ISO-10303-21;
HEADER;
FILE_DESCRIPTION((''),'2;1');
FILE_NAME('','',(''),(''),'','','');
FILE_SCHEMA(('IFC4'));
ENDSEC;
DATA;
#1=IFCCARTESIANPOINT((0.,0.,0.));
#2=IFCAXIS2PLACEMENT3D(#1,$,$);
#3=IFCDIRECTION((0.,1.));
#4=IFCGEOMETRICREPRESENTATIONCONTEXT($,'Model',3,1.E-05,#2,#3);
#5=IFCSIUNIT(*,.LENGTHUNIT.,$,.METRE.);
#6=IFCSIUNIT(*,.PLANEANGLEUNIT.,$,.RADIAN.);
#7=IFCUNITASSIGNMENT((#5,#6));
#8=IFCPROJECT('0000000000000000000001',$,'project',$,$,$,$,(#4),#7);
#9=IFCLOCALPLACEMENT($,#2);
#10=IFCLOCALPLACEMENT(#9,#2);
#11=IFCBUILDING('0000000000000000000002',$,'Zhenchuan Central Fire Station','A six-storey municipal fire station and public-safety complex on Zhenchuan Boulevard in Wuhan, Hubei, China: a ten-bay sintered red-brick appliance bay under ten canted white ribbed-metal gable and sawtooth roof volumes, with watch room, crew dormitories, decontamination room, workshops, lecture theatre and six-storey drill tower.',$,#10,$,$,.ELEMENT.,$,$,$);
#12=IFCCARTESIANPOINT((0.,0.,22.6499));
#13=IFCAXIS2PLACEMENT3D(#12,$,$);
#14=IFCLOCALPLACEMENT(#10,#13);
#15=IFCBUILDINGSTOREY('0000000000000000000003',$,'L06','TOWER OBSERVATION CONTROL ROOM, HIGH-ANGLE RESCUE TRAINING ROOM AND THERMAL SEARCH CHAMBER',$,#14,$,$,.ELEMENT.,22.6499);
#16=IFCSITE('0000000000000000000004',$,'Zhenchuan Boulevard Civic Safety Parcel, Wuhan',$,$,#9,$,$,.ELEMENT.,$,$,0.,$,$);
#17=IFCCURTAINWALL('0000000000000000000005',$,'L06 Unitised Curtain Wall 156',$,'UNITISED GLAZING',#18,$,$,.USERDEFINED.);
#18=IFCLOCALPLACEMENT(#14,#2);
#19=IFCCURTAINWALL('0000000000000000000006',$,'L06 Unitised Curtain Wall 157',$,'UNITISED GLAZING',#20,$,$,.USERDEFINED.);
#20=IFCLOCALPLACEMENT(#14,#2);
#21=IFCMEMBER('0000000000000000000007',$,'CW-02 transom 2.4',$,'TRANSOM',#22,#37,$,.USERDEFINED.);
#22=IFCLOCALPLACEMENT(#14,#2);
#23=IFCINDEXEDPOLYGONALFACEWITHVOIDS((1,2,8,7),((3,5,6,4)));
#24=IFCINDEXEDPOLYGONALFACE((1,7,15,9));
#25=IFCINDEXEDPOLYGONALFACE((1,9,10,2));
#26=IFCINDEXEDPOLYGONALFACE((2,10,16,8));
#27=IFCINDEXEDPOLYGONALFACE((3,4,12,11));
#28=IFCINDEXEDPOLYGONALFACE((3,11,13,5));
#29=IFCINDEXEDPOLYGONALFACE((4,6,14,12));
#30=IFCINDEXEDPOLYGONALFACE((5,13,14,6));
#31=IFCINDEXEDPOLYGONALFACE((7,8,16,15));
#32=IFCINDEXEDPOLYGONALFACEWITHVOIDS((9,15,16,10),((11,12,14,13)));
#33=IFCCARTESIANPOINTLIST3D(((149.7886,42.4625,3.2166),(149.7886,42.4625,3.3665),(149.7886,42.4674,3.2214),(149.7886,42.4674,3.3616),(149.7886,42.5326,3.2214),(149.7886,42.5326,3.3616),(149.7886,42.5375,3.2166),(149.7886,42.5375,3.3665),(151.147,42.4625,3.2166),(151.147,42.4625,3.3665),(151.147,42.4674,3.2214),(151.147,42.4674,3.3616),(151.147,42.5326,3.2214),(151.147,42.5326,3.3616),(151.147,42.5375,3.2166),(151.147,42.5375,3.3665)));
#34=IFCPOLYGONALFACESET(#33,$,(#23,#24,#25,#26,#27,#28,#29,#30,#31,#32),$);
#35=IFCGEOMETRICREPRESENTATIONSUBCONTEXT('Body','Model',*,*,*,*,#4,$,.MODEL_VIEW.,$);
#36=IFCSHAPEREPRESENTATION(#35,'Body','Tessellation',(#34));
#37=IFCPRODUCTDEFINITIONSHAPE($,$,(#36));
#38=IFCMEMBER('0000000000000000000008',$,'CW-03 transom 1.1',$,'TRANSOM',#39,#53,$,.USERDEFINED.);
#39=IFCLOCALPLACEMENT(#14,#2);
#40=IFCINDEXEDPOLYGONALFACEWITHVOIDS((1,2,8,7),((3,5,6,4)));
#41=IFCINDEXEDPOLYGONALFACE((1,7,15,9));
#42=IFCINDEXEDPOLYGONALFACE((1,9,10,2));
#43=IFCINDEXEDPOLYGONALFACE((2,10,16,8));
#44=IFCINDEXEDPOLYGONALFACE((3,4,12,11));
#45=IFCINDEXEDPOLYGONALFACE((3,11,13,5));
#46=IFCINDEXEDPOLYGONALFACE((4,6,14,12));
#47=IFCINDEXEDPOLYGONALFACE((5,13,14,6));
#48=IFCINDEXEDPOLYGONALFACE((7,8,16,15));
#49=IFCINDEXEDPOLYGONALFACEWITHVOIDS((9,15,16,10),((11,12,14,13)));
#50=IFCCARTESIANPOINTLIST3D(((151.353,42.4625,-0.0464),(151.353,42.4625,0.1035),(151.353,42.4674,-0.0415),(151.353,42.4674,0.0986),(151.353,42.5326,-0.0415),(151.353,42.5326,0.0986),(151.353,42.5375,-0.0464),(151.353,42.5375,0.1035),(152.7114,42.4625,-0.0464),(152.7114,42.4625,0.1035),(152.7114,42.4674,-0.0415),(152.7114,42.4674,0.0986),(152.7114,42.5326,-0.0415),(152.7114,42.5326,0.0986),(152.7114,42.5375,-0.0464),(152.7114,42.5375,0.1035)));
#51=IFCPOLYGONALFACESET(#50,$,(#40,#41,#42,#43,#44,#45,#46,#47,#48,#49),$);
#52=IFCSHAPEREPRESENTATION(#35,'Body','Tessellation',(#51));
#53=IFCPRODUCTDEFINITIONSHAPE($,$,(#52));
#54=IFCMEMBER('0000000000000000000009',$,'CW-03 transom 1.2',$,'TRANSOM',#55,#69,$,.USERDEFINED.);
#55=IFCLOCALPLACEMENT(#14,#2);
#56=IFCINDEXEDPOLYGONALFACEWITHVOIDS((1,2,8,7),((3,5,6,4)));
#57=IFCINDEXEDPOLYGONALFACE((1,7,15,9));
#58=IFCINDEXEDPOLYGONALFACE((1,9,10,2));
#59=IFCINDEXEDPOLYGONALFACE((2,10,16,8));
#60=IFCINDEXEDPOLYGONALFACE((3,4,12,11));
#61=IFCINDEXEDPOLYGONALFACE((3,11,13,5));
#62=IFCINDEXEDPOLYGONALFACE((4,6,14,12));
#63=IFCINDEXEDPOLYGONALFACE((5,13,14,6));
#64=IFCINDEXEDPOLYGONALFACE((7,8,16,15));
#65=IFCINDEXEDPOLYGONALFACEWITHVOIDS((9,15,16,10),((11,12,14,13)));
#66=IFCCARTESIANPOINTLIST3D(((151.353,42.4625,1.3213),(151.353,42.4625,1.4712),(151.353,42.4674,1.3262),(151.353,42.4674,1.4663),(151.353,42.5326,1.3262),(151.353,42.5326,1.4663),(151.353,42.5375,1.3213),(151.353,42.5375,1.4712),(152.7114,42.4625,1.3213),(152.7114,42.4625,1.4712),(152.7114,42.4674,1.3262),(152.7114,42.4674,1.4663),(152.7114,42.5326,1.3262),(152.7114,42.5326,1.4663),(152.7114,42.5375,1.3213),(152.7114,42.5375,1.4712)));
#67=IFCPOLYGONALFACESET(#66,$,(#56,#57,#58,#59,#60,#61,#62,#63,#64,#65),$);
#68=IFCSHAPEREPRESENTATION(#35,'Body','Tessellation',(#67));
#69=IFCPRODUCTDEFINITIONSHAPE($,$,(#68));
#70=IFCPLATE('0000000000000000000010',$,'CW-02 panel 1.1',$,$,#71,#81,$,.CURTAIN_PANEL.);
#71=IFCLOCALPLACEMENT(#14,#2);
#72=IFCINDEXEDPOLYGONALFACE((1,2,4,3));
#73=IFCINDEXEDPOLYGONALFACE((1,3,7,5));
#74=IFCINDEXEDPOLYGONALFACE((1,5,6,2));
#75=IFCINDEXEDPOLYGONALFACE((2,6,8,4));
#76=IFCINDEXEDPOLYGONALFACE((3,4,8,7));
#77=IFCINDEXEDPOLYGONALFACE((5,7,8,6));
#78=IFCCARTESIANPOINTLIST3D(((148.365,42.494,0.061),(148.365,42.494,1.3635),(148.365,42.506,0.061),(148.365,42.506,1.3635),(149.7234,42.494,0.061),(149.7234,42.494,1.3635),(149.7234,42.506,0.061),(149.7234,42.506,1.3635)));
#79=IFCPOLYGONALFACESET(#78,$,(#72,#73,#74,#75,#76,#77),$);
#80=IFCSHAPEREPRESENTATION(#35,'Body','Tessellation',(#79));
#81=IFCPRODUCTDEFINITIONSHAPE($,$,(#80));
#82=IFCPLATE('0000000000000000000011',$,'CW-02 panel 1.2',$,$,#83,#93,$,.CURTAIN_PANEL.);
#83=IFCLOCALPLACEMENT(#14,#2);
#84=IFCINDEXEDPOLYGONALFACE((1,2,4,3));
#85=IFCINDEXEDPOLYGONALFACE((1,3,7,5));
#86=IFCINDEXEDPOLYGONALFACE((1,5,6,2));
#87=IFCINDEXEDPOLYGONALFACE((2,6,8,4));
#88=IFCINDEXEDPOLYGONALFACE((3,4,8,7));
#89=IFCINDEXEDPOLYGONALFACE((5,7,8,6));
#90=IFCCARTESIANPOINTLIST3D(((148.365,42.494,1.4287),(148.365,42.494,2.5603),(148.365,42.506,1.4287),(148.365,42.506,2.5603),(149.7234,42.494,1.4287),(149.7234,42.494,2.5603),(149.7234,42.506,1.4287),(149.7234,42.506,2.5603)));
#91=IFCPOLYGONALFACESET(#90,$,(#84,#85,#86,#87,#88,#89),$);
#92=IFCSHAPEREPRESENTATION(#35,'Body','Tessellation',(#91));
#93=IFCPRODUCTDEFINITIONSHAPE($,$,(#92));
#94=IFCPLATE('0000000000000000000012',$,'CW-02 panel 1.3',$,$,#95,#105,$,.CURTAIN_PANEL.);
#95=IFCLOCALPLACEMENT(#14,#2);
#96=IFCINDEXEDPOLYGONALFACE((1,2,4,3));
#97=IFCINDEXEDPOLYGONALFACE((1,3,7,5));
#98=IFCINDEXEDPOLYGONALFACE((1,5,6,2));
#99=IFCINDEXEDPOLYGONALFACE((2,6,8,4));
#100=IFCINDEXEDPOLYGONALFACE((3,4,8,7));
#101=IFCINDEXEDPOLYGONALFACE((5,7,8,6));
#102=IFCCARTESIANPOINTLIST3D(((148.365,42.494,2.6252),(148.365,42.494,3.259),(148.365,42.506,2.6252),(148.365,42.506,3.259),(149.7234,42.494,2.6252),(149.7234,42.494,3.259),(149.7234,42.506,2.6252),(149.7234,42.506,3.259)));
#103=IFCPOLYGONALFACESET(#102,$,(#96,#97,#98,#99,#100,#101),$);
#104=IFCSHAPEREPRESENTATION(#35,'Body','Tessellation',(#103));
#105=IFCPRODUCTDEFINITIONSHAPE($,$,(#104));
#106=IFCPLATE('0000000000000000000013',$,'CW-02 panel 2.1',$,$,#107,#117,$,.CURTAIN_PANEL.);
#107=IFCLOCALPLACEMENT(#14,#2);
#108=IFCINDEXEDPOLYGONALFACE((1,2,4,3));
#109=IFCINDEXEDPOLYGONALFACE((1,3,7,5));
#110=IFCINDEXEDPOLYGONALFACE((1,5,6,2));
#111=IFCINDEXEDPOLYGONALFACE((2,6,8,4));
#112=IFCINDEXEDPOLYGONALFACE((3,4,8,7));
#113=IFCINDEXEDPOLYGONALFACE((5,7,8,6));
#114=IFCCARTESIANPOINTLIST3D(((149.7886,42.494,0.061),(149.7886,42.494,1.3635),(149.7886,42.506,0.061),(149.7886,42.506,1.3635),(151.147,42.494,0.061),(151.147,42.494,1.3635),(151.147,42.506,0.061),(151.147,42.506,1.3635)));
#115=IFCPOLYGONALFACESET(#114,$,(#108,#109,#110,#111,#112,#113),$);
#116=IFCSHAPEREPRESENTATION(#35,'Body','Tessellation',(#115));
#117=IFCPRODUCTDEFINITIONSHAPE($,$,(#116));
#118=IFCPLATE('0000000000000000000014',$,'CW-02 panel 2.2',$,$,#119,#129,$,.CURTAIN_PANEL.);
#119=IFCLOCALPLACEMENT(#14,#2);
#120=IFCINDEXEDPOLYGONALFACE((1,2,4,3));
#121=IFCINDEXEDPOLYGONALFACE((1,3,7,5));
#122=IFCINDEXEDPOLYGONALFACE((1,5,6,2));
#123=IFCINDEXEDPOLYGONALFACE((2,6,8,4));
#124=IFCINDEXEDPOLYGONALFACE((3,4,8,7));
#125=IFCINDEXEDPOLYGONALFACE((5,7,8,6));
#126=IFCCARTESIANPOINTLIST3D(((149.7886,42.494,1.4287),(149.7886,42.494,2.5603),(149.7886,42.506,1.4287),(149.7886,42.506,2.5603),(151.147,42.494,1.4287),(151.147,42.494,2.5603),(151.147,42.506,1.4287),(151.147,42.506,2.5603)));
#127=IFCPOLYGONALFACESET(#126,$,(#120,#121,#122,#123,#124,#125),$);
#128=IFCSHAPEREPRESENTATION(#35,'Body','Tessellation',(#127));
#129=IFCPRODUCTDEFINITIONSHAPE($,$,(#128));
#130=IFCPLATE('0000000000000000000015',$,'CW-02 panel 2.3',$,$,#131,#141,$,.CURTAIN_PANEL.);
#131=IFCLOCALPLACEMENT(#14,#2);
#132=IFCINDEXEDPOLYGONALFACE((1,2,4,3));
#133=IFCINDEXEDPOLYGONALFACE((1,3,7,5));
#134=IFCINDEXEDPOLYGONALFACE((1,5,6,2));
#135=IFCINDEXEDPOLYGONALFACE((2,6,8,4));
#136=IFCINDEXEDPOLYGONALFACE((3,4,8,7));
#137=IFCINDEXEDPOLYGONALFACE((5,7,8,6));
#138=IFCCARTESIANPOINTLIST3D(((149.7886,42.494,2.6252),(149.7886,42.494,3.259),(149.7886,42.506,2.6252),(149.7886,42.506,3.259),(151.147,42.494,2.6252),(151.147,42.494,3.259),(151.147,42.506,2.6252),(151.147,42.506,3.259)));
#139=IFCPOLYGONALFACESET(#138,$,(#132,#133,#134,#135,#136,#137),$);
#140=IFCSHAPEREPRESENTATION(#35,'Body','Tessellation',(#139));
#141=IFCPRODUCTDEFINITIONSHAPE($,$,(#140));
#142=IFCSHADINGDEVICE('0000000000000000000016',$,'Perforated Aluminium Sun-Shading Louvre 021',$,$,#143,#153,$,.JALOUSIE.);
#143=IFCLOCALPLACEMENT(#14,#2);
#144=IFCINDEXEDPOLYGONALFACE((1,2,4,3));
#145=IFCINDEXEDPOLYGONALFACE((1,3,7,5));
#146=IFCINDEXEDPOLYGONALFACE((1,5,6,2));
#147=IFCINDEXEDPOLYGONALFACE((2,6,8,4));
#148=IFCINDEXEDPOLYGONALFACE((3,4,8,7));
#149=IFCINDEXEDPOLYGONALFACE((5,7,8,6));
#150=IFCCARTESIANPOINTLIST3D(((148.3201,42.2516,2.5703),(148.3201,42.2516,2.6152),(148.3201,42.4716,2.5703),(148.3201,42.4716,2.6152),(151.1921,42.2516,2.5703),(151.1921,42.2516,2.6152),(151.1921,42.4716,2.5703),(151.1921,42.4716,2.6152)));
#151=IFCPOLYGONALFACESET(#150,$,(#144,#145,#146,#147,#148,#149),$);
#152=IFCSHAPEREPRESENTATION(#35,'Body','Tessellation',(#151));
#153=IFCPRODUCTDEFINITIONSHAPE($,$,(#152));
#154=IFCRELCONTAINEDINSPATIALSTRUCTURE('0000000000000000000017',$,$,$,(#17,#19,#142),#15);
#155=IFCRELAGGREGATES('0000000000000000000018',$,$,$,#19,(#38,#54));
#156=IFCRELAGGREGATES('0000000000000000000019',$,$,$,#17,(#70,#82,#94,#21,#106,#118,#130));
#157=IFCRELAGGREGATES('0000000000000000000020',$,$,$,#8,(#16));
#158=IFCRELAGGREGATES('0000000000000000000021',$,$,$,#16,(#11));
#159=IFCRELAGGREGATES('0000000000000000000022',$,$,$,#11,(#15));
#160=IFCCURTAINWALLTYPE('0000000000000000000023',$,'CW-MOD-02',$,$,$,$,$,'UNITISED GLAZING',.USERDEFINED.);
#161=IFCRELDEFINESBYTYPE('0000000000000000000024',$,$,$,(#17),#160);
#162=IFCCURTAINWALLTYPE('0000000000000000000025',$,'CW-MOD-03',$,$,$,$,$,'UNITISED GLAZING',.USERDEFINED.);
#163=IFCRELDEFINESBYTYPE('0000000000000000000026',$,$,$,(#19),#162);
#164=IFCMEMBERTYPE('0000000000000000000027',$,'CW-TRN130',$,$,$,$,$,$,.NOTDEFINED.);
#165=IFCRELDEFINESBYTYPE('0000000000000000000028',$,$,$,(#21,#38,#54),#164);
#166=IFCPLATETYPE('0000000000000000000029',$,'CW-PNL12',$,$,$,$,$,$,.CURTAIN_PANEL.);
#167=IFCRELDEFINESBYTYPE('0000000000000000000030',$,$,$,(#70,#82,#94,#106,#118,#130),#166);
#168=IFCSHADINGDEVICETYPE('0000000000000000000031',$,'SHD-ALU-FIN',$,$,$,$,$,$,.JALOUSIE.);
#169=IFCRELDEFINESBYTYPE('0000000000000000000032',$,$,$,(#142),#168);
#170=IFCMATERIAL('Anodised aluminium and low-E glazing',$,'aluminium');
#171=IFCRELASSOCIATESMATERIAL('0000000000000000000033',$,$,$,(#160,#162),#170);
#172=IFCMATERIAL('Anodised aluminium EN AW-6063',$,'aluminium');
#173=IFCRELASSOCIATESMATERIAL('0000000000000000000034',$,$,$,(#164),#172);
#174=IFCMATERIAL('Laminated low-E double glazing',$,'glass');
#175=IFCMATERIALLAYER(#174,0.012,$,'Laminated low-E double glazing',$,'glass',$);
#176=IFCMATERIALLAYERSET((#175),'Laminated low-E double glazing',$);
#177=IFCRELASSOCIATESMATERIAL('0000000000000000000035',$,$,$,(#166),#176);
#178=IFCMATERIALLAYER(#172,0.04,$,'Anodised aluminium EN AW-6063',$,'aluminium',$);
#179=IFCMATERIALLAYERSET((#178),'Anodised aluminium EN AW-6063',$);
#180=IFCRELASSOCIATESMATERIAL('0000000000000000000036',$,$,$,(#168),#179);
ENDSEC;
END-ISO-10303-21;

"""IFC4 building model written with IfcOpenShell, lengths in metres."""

from ifc_helpers import new_model, si_unit, direction, frame, origin, origin_2d, place, context, subcontext, project, spatial, rectangle, hollow_rectangle, extrude, material, layer, layer_set, material_profile, profile_set, type_object, element, aggregate, save


model = new_model("IFC4")

# Units and contexts
model_context = context("Model", 3, precision=1e-05, world=origin(), true_north=direction((0.0, 1.0)))
body_context = subcontext(model_context, "Body", "Model", "MODEL_VIEW")
ifc_project = project(units=[si_unit("LENGTHUNIT", "METRE"), si_unit("PLANEANGLEUNIT", "RADIAN")], contexts=[model_context])

# Site, building, storey
site_placement = place(None, origin())
site = spatial("IfcSite", under=ifc_project, at=site_placement, Name="Zhenchuan Boulevard Civic Safety Parcel, Wuhan", CompositionType="ELEMENT", RefElevation=0.0)
building_placement = place(site_placement, origin())
building = spatial("IfcBuilding", under=site, at=building_placement, Name="Zhenchuan Central Fire Station", Description="A six-storey municipal fire station and public-safety complex on Zhenchuan Boulevard in Wuhan, Hubei, China: a ten-bay sintered red-brick appliance bay under ten canted white ribbed-metal gable and sawtooth roof volumes, with watch room, crew dormitories, decontamination room, workshops, lecture theatre and six-storey drill tower.", CompositionType="ELEMENT")
storey_placement = place(building_placement, frame((0.0, 0.0, 22.6499)))
storey = spatial("IfcBuildingStorey", under=building, at=storey_placement, Name="L06", Description="TOWER OBSERVATION CONTROL ROOM, HIGH-ANGLE RESCUE TRAINING ROOM AND THERMAL SEARCH CHAMBER", CompositionType="ELEMENT", Elevation=22.6499)

# Curtain wall
ifc_material_1 = material(Name="Anodised aluminium and low-E glazing", Category="aluminium")
curtain_wall_type_1 = type_object("IfcCurtainWallType", Name="CW-MOD-02", ElementType="UNITISED GLAZING", PredefinedType="USERDEFINED", material=ifc_material_1)
curtain_wall_1_placement = place(storey_placement, origin())
curtain_wall_1 = element("IfcCurtainWall", 1, at=curtain_wall_1_placement, inside=storey, type_object=curtain_wall_type_1, Name="L06 Unitised Curtain Wall 156", ObjectType="UNITISED GLAZING", PredefinedType="USERDEFINED")
ifc_material_2 = material(Name="Anodised aluminium EN AW-6063", Category="aluminium")

# Curtain wall
curtain_wall_type_2 = type_object("IfcCurtainWallType", Name="CW-MOD-03", ElementType="UNITISED GLAZING", PredefinedType="USERDEFINED", material=ifc_material_1)
curtain_wall_2_placement = place(storey_placement, origin())
curtain_wall_2 = element("IfcCurtainWall", 2, at=curtain_wall_2_placement, inside=storey, type_object=curtain_wall_type_2, Name="L06 Unitised Curtain Wall 157", ObjectType="UNITISED GLAZING", PredefinedType="USERDEFINED")

# Members
ifc_material_profile_1 = material_profile(ifc_material_2, hollow_rectangle(XDim=0.075, YDim=0.1499, WallThickness=0.0049, at=origin_2d()), Name="ALU-T 150x75")
ifc_profile_set_1 = profile_set([ifc_material_profile_1], Name="Anodised aluminium EN AW-6063")
member_type_1 = type_object("IfcMemberType", Name="CW-TRN130", PredefinedType="NOTDEFINED", material=ifc_profile_set_1)
member_1_placement = place(storey_placement, frame((149.7886, 42.5, 3.2915), z_axis=(1.0, 0.0, 0.0), x_axis=(0.0, 1.0, 0.0)))
member_1 = element("IfcMember", 3, at=member_1_placement, type_object=member_type_1, Name="CW-02 transom 2.4", ObjectType="TRANSOM", PredefinedType="USERDEFINED", context=body_context, shape_type="SweptSolid", body=[
    extrude(hollow_rectangle(XDim=0.075, YDim=0.1499, WallThickness=0.0049, at=origin_2d()), origin(), (0.0, 0.0, 1.0), 1.3584),
])
member_2_placement = place(storey_placement, frame((151.353, 42.5, 0.0286), z_axis=(1.0, 0.0, 0.0), x_axis=(0.0, 1.0, 0.0)))
member_2 = element("IfcMember", 4, at=member_2_placement, type_object=member_type_1, Name="CW-03 transom 1.1", ObjectType="TRANSOM", PredefinedType="USERDEFINED", context=body_context, shape_type="SweptSolid", body=[
    extrude(hollow_rectangle(XDim=0.075, YDim=0.1499, WallThickness=0.0049, at=origin_2d()), origin(), (0.0, 0.0, 1.0), 1.3584),
])
member_3_placement = place(storey_placement, frame((151.353, 42.5, 1.3962), z_axis=(1.0, 0.0, 0.0), x_axis=(0.0, 1.0, 0.0)))
member_3 = element("IfcMember", 5, at=member_3_placement, type_object=member_type_1, Name="CW-03 transom 1.2", ObjectType="TRANSOM", PredefinedType="USERDEFINED", context=body_context, shape_type="SweptSolid", body=[
    extrude(hollow_rectangle(XDim=0.075, YDim=0.1499, WallThickness=0.0049, at=origin_2d()), origin(), (0.0, 0.0, 1.0), 1.3584),
])
aggregate(curtain_wall_2, [member_2, member_3])

# Plates
ifc_material_3 = material(Name="Laminated low-E double glazing", Category="glass")
ifc_layer_1 = layer(ifc_material_3, 0.012, Name="Laminated low-E double glazing", Category="glass")
ifc_layer_set_1 = layer_set([ifc_layer_1], Name="Laminated low-E double glazing")
plate_type = type_object("IfcPlateType", Name="CW-PNL12", PredefinedType="CURTAIN_PANEL", material=ifc_layer_set_1)
plate_1_placement = place(storey_placement, frame((149.0442, 42.5, 0.061), z_axis=(0.0, 0.0, 1.0), x_axis=(1.0, 0.0, 0.0)))
plate_1 = element("IfcPlate", 6, at=plate_1_placement, type_object=plate_type, Name="CW-02 panel 1.1", PredefinedType="CURTAIN_PANEL", context=body_context, shape_type="SweptSolid", body=[
    extrude(rectangle(XDim=1.3584, YDim=0.012, at=origin_2d()), origin(), (0.0, 0.0, 1.0), 1.3025),
])
plate_2_placement = place(storey_placement, frame((149.0442, 42.5, 1.4287), z_axis=(0.0, 0.0, 1.0), x_axis=(1.0, 0.0, 0.0)))
plate_2 = element("IfcPlate", 7, at=plate_2_placement, type_object=plate_type, Name="CW-02 panel 1.2", PredefinedType="CURTAIN_PANEL", context=body_context, shape_type="SweptSolid", body=[
    extrude(rectangle(XDim=1.3584, YDim=0.012, at=origin_2d()), origin(), (0.0, 0.0, 1.0), 1.1316),
])
plate_3_placement = place(storey_placement, frame((149.0442, 42.5, 2.6252), z_axis=(0.0, 0.0, 1.0), x_axis=(1.0, 0.0, 0.0)))
plate_3 = element("IfcPlate", 8, at=plate_3_placement, type_object=plate_type, Name="CW-02 panel 1.3", PredefinedType="CURTAIN_PANEL", context=body_context, shape_type="SweptSolid", body=[
    extrude(rectangle(XDim=1.3584, YDim=0.012, at=origin_2d()), origin(), (0.0, 0.0, 1.0), 0.6338),
])
plate_4_placement = place(storey_placement, frame((150.4678, 42.5, 0.061), z_axis=(0.0, 0.0, 1.0), x_axis=(1.0, 0.0, 0.0)))
plate_4 = element("IfcPlate", 9, at=plate_4_placement, type_object=plate_type, Name="CW-02 panel 2.1", PredefinedType="CURTAIN_PANEL", context=body_context, shape_type="SweptSolid", body=[
    extrude(rectangle(XDim=1.3584, YDim=0.012, at=origin_2d()), origin(), (0.0, 0.0, 1.0), 1.3025),
])
plate_5_placement = place(storey_placement, frame((150.4678, 42.5, 1.4287), z_axis=(0.0, 0.0, 1.0), x_axis=(1.0, 0.0, 0.0)))
plate_5 = element("IfcPlate", 10, at=plate_5_placement, type_object=plate_type, Name="CW-02 panel 2.2", PredefinedType="CURTAIN_PANEL", context=body_context, shape_type="SweptSolid", body=[
    extrude(rectangle(XDim=1.3584, YDim=0.012, at=origin_2d()), origin(), (0.0, 0.0, 1.0), 1.1316),
])
plate_6_placement = place(storey_placement, frame((150.4678, 42.5, 2.6252), z_axis=(0.0, 0.0, 1.0), x_axis=(1.0, 0.0, 0.0)))
plate_6 = element("IfcPlate", 11, at=plate_6_placement, type_object=plate_type, Name="CW-02 panel 2.3", PredefinedType="CURTAIN_PANEL", context=body_context, shape_type="SweptSolid", body=[
    extrude(rectangle(XDim=1.3584, YDim=0.012, at=origin_2d()), origin(), (0.0, 0.0, 1.0), 0.6338),
])
aggregate(curtain_wall_1, [plate_1, plate_2, plate_3, member_1, plate_4, plate_5, plate_6])

# Shading device
ifc_layer_2 = layer(ifc_material_2, 0.04, Name="Anodised aluminium EN AW-6063", Category="aluminium")
ifc_layer_set_2 = layer_set([ifc_layer_2], Name="Anodised aluminium EN AW-6063")
shading_device_type = type_object("IfcShadingDeviceType", Name="SHD-ALU-FIN", PredefinedType="JALOUSIE", material=ifc_layer_set_2)
shading_device_placement = place(storey_placement, frame((149.7561, 42.3616, 2.5703), z_axis=(0.0, 0.0, 1.0), x_axis=(1.0, 0.0, 0.0)))
element("IfcShadingDevice", 12, at=shading_device_placement, inside=storey, type_object=shading_device_type, Name="Perforated Aluminium Sun-Shading Louvre 021", PredefinedType="JALOUSIE", context=body_context, shape_type="SweptSolid", body=[
    extrude(rectangle(XDim=2.8721, YDim=0.22, at=origin_2d()), origin(), (0.0, 0.0, 1.0), 0.0449),
])

save(model, "model.ifc")
